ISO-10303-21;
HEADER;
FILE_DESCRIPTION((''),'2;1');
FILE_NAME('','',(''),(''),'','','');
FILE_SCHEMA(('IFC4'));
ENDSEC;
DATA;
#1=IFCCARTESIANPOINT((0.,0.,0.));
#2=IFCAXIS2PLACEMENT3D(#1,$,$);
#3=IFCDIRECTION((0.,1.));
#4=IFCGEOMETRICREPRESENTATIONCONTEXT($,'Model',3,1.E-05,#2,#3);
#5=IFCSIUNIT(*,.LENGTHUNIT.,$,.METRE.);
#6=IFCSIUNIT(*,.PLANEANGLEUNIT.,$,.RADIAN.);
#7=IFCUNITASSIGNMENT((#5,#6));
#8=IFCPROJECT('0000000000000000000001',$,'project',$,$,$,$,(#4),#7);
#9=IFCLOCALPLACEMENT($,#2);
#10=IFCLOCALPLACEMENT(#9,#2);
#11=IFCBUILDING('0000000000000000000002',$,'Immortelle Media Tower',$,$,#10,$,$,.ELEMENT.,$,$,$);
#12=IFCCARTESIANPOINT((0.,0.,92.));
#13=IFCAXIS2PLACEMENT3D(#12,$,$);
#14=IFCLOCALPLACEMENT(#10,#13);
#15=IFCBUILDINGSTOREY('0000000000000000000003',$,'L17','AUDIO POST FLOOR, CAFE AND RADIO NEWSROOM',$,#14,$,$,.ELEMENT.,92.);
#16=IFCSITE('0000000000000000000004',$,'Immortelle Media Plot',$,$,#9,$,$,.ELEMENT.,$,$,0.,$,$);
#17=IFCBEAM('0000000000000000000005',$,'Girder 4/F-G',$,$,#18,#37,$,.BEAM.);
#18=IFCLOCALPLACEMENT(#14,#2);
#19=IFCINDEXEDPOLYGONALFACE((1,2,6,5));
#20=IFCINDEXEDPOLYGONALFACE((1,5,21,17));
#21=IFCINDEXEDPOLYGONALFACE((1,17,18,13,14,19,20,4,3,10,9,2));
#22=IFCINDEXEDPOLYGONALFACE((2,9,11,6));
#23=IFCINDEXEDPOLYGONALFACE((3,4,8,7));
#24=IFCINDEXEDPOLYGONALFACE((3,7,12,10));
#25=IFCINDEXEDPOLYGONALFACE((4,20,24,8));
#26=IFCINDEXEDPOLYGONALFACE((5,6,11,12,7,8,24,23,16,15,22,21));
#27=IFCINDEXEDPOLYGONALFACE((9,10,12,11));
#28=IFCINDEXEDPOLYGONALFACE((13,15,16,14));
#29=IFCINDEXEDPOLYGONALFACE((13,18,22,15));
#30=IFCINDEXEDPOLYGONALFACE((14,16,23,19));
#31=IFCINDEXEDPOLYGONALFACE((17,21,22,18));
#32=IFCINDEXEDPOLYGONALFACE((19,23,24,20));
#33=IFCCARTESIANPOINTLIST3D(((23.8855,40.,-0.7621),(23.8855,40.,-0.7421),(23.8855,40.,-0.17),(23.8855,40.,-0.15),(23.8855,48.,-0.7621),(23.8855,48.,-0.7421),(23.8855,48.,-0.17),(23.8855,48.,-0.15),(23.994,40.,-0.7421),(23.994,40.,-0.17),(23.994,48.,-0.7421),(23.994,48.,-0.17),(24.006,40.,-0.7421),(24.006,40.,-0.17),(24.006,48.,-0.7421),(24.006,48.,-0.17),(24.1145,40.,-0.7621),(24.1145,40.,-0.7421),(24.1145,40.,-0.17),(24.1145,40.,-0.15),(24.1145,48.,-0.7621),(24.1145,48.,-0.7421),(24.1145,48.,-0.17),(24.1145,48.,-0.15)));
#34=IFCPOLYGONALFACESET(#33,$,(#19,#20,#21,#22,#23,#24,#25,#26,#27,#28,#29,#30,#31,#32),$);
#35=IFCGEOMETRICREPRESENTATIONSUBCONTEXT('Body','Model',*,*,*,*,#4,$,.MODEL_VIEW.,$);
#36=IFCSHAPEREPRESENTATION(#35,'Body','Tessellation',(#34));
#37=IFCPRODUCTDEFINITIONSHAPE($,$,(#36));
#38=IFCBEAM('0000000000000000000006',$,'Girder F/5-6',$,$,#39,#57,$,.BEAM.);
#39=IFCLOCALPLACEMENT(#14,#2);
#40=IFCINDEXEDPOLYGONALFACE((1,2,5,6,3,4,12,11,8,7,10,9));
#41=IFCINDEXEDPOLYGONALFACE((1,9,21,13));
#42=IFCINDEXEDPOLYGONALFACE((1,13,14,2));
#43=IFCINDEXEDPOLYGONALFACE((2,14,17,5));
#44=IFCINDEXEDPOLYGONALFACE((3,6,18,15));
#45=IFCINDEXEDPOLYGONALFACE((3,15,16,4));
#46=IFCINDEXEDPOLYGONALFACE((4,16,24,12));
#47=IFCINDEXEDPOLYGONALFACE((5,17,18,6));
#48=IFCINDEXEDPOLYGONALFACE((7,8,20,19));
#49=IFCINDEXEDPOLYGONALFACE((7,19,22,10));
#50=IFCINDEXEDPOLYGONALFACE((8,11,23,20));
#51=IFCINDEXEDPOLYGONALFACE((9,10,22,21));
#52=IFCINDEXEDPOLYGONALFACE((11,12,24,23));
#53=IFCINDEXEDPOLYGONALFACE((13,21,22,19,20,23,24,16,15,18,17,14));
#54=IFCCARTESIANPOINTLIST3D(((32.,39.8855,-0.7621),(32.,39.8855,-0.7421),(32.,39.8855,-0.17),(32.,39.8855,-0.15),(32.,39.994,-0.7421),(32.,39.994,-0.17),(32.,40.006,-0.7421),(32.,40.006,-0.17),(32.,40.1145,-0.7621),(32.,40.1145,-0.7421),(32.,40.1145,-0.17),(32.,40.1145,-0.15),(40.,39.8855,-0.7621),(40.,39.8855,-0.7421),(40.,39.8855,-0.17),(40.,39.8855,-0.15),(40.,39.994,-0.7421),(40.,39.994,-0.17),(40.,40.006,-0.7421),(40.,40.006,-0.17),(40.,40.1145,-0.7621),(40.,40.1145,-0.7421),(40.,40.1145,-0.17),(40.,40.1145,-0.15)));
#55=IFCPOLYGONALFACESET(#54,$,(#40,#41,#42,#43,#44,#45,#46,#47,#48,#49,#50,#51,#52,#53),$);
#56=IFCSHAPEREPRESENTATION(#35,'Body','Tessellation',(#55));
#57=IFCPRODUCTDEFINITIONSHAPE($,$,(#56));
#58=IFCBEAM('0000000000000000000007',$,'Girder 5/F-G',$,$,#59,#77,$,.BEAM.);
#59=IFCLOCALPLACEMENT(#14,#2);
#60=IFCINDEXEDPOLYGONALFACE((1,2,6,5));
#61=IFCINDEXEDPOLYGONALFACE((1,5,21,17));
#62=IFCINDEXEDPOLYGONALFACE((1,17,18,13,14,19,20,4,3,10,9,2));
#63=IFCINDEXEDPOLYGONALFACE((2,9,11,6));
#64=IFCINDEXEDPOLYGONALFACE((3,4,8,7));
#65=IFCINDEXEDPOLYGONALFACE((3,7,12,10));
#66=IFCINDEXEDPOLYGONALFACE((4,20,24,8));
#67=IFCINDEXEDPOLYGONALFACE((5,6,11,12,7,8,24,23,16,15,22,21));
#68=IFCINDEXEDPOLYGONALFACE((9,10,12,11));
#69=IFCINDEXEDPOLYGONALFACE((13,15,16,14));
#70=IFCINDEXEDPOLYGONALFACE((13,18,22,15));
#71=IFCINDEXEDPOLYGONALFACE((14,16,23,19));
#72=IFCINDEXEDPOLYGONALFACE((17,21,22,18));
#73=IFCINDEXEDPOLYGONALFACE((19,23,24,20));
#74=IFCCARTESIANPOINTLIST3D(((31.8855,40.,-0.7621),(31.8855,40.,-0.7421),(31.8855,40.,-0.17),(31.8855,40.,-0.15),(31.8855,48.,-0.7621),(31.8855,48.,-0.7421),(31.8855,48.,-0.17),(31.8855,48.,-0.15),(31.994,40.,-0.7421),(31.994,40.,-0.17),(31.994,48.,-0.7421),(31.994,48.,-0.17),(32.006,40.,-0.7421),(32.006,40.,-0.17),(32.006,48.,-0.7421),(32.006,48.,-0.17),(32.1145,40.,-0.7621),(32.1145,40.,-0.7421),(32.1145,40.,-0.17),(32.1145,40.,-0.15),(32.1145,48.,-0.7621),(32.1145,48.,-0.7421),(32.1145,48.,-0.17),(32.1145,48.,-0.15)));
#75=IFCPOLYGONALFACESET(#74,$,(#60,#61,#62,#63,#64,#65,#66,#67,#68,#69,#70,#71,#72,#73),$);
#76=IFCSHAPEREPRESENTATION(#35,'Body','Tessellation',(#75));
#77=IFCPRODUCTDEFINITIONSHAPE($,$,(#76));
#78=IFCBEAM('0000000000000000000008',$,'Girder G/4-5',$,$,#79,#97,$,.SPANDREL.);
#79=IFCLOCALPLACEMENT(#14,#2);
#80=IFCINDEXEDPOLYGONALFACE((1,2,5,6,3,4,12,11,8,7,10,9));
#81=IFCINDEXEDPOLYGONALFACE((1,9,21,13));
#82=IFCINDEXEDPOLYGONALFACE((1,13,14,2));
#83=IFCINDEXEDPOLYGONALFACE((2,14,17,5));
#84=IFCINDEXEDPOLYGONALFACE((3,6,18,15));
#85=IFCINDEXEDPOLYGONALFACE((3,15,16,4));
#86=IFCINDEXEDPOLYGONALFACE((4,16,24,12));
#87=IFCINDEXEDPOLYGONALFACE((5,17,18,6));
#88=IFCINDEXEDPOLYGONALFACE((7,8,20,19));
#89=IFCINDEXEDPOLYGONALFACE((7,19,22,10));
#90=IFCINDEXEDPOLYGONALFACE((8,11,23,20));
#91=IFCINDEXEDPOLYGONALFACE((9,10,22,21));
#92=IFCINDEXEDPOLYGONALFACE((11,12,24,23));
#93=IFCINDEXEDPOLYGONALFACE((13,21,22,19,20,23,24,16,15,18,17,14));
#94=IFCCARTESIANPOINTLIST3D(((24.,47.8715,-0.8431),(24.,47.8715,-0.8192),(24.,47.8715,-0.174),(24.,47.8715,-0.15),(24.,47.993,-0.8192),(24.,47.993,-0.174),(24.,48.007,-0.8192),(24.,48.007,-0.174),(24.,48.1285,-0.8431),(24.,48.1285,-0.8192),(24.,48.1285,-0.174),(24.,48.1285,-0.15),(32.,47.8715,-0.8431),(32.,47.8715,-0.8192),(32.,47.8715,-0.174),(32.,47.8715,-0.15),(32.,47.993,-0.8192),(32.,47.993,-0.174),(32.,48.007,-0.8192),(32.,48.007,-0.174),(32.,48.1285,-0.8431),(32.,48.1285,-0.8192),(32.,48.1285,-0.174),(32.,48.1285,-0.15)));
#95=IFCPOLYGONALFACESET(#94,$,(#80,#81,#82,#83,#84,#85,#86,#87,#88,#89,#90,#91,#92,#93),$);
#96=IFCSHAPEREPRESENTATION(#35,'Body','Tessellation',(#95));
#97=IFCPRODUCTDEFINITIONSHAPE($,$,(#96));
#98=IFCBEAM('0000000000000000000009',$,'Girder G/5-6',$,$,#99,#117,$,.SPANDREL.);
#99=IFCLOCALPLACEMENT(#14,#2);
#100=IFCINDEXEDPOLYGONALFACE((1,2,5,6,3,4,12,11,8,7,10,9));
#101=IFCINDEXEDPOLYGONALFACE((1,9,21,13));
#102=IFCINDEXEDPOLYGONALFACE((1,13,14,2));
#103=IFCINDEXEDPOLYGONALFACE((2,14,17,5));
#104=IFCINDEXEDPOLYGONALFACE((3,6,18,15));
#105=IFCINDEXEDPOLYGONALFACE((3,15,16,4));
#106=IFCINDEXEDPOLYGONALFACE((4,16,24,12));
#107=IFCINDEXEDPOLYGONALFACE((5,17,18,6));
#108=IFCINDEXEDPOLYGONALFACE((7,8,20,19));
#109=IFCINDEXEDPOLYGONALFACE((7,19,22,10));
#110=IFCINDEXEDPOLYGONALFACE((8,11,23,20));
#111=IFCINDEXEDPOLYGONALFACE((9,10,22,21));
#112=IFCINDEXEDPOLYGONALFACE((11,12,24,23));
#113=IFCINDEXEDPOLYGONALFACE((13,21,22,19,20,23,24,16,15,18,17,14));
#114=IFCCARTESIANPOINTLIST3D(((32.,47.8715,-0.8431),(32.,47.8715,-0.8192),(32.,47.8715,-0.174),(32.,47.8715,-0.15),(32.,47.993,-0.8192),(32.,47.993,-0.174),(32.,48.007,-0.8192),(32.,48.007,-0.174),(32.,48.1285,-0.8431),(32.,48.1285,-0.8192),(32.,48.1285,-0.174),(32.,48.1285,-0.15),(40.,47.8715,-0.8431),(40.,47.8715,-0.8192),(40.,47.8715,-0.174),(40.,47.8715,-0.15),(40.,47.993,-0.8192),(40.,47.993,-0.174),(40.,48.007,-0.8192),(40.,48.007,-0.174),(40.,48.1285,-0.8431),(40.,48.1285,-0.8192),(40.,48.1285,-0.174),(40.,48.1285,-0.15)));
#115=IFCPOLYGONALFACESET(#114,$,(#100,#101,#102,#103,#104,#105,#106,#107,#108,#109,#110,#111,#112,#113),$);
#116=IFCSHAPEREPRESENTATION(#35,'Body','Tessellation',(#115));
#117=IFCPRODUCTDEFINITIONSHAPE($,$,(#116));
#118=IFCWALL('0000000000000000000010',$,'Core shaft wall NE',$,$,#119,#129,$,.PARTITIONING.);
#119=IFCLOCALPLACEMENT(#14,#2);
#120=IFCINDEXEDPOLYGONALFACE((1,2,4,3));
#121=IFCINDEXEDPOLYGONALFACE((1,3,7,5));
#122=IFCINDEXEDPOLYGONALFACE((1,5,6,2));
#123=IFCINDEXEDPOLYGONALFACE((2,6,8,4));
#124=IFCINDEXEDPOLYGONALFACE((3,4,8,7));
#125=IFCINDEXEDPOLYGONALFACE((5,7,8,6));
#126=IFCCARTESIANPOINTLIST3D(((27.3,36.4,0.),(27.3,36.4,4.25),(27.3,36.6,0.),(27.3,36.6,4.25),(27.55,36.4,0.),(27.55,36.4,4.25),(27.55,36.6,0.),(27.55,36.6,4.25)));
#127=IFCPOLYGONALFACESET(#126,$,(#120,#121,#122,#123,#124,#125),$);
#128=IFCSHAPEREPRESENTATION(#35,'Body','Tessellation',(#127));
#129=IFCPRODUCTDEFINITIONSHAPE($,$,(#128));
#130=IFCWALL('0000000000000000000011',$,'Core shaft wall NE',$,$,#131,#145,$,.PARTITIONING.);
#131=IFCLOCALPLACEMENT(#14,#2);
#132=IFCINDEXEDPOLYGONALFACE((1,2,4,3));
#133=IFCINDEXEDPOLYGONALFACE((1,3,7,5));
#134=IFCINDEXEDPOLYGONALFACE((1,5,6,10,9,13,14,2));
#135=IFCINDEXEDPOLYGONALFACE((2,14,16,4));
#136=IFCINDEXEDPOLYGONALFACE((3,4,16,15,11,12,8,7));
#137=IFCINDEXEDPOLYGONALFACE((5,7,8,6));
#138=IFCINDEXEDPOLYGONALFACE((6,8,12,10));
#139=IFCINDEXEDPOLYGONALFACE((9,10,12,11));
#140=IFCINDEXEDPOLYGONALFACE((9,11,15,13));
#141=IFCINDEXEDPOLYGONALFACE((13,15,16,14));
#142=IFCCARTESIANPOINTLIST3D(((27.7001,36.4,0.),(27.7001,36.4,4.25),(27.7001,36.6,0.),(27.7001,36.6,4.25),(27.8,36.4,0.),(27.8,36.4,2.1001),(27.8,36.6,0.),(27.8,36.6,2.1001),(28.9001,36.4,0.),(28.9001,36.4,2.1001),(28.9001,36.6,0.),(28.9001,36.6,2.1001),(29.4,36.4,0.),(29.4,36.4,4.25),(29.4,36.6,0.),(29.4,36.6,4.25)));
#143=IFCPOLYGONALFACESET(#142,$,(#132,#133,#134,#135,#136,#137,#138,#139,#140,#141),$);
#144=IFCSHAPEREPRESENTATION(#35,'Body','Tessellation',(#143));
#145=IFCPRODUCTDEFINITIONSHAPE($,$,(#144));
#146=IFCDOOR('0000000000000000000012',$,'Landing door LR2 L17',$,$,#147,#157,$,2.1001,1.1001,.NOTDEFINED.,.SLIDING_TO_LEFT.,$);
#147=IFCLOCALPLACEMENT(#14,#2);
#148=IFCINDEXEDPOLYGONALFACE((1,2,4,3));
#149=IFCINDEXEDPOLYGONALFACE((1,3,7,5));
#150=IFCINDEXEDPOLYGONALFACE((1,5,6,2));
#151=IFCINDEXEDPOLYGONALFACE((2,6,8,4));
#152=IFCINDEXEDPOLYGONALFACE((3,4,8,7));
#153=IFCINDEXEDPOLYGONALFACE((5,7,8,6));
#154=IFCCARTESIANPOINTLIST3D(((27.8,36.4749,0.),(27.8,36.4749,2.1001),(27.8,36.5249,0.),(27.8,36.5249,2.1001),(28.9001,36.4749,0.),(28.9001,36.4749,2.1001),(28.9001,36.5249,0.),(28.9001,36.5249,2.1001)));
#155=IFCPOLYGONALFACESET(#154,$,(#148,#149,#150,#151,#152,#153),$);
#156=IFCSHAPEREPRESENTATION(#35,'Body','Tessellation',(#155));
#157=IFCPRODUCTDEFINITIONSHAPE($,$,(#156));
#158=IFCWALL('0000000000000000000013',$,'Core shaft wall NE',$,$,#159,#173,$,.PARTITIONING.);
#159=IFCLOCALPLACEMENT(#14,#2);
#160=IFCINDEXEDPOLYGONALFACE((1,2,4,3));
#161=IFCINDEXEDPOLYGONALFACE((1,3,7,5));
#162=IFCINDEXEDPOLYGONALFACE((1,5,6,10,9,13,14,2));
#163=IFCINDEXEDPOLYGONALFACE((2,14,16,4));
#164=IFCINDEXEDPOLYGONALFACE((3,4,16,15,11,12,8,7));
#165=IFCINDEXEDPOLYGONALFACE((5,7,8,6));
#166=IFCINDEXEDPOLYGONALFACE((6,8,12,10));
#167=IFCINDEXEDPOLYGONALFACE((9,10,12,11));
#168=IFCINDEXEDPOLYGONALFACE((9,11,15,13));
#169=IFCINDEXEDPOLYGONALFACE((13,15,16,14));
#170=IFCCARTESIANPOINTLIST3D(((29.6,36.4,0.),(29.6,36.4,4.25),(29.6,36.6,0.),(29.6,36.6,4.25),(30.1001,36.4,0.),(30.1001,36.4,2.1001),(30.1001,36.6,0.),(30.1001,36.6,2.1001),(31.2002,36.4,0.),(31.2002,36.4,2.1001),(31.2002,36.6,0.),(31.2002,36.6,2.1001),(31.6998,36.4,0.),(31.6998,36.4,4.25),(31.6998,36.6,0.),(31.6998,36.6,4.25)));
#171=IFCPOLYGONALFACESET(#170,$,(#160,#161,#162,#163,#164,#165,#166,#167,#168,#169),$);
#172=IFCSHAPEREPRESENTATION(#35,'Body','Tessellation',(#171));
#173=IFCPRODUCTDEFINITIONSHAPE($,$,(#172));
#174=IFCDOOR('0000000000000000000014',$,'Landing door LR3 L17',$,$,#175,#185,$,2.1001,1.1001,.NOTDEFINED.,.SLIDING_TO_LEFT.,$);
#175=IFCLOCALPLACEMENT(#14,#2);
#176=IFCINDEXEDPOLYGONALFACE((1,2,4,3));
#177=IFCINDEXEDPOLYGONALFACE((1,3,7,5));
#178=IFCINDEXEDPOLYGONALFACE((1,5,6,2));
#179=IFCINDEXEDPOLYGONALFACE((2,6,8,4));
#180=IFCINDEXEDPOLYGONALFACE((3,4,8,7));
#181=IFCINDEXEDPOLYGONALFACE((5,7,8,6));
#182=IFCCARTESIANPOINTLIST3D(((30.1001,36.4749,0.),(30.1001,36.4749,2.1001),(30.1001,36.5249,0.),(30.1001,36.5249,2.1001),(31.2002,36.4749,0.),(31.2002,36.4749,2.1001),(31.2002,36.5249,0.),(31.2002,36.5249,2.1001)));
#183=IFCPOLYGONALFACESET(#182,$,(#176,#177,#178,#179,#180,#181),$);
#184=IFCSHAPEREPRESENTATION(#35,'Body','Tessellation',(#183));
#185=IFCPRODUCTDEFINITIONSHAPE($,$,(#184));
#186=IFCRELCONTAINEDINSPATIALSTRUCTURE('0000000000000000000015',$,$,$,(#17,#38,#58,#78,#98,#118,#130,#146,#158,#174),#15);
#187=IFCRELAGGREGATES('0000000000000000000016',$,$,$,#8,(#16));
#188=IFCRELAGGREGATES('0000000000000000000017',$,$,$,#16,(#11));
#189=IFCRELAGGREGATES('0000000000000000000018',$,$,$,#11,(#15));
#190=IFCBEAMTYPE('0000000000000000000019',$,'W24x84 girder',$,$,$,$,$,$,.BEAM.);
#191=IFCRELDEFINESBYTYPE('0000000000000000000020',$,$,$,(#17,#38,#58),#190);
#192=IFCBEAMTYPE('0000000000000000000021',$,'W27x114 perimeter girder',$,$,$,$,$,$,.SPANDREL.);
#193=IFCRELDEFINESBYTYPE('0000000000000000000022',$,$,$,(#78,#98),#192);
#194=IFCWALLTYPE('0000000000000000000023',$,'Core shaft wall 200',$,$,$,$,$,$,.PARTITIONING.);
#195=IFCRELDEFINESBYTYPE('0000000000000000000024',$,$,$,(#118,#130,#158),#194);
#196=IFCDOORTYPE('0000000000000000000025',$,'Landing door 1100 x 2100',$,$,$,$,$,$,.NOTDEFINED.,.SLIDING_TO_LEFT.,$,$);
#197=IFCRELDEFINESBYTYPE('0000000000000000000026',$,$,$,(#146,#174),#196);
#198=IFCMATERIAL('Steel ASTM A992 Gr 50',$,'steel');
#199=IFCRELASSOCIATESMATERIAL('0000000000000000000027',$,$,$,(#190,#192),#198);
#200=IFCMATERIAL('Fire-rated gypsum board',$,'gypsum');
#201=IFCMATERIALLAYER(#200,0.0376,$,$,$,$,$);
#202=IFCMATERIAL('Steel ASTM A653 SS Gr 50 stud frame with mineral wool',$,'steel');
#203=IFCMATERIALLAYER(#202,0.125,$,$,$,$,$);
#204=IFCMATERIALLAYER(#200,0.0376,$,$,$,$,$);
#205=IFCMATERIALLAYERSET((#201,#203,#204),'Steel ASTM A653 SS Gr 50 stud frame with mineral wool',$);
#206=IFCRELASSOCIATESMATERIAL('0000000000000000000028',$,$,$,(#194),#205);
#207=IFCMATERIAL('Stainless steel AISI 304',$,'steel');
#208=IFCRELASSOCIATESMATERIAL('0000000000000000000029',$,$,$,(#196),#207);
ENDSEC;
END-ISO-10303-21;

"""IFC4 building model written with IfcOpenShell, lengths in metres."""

from ifc_helpers import new_model, si_unit, direction, frame, frame_2d, origin, origin_2d, place, context, subcontext, project, spatial, rectangle, i_section, extrude, material, layer, layer_set, material_profile, profile_set, type_object, element, fill, save


model = new_model("IFC4")

# Units and contexts
model_context = context("Model", 3, precision=1e-05, world=origin(), true_north=direction((0.0, 1.0)))
body_context = subcontext(model_context, "Body", "Model", "MODEL_VIEW")
ifc_project = project(units=[si_unit("LENGTHUNIT", "METRE"), si_unit("PLANEANGLEUNIT", "RADIAN")], contexts=[model_context])

# Site, building, storey
site_placement = place(None, origin())
site = spatial("IfcSite", under=ifc_project, at=site_placement, Name="Immortelle Media Plot", CompositionType="ELEMENT", RefElevation=0.0)
building_placement = place(site_placement, origin())
building = spatial("IfcBuilding", under=site, at=building_placement, Name="Immortelle Media Tower", CompositionType="ELEMENT")
storey_placement = place(building_placement, frame((0.0, 0.0, 92.0)))
storey = spatial("IfcBuildingStorey", under=building, at=storey_placement, Name="L17", Description="AUDIO POST FLOOR, CAFE AND RADIO NEWSROOM", CompositionType="ELEMENT", Elevation=92.0)

# Shared definitions
ifc_material_1 = material(Name="Steel ASTM A992 Gr 50", Category="steel")

# Beams
ifc_material_profile_1 = material_profile(ifc_material_1, i_section(OverallWidth=0.229, OverallDepth=0.6121, WebThickness=0.012, FlangeThickness=0.02, at=origin_2d()), Name="W24x84")
ifc_profile_set_1 = profile_set([ifc_material_profile_1], Name="Steel ASTM A992 Gr 50")
beam_type_1 = type_object("IfcBeamType", Name="W24x84 girder", PredefinedType="BEAM", material=ifc_profile_set_1)
for number, where, z_axis, x_axis, name in (
    (1, (24.0, 40.0, -0.4561), (0.0, 1.0, 0.0), (-1.0, 0.0, 0.0), "Girder 4/F-G"),
    (2, (32.0, 40.0, -0.4561), (1.0, 0.0, 0.0), (0.0, 1.0, 0.0), "Girder F/5-6"),
    (3, (32.0, 40.0, -0.4561), (0.0, 1.0, 0.0), (-1.0, 0.0, 0.0), "Girder 5/F-G"),
):
    element("IfcBeam", number, at=place(storey_placement, frame(where, z_axis=z_axis, x_axis=x_axis)), inside=storey, type_object=beam_type_1, Name=name, PredefinedType="BEAM", context=body_context, shape_type="SweptSolid", body=[
        extrude(i_section(OverallWidth=0.229, OverallDepth=0.6121, WebThickness=0.012, FlangeThickness=0.02, at=origin_2d()), origin(), (0.0, 0.0, 1.0), 8.0),
    ])
ifc_material_profile_2 = material_profile(ifc_material_1, i_section(OverallWidth=0.2571, OverallDepth=0.6931, WebThickness=0.0139, FlangeThickness=0.0239, at=origin_2d()), Name="W27x114")
ifc_profile_set_2 = profile_set([ifc_material_profile_2], Name="Steel ASTM A992 Gr 50")
beam_type_2 = type_object("IfcBeamType", Name="W27x114 perimeter girder", PredefinedType="SPANDREL", material=ifc_profile_set_2)
for number, where, z_axis, x_axis, name in (
    (4, (24.0, 48.0, -0.4966), (1.0, 0.0, 0.0), (0.0, 1.0, 0.0), "Girder G/4-5"),
    (5, (32.0, 48.0, -0.4966), (1.0, 0.0, 0.0), (0.0, 1.0, 0.0), "Girder G/5-6"),
):
    element("IfcBeam", number, at=place(storey_placement, frame(where, z_axis=z_axis, x_axis=x_axis)), inside=storey, type_object=beam_type_2, Name=name, PredefinedType="SPANDREL", context=body_context, shape_type="SweptSolid", body=[
        extrude(i_section(OverallWidth=0.2571, OverallDepth=0.6931, WebThickness=0.0139, FlangeThickness=0.0239, at=origin_2d()), origin(), (0.0, 0.0, 1.0), 8.0),
    ])

# Wall
ifc_material_2 = material(Name="Fire-rated gypsum board", Category="gypsum")
ifc_layer_1 = layer(ifc_material_2, 0.0376)
ifc_material_3 = material(Name="Steel ASTM A653 SS Gr 50 stud frame with mineral wool", Category="steel")
ifc_layer_2 = layer(ifc_material_3, 0.125)
ifc_layer_3 = layer(ifc_material_2, 0.0376)
ifc_layer_set_1 = layer_set([ifc_layer_1, ifc_layer_2, ifc_layer_3], Name="Steel ASTM A653 SS Gr 50 stud frame with mineral wool")
wall_type_1 = type_object("IfcWallType", Name="Core shaft wall 200", PredefinedType="PARTITIONING", material=ifc_layer_set_1)
wall_1_placement = place(storey_placement, frame((27.3, 36.5, 0.0), z_axis=(0.0, 0.0, 1.0), x_axis=(1.0, 0.0, 0.0)))
element("IfcWall", 6, at=wall_1_placement, inside=storey, type_object=wall_type_1, Name="Core shaft wall NE", PredefinedType="PARTITIONING", context=body_context, shape_type="SweptSolid", body=[
    extrude(rectangle(XDim=0.25, YDim=0.2, at=frame_2d((0.125, 0.0))), origin(), (0.0, 0.0, 1.0), 4.25),
])

# Walls, openings, doors
wall_2_placement = place(storey_placement, frame((27.7, 36.5, 0.0), z_axis=(0.0, 0.0, 1.0), x_axis=(1.0, 0.0, 0.0)))
wall_2 = element("IfcWall", 7, at=wall_2_placement, inside=storey, type_object=wall_type_1, Name="Core shaft wall NE", PredefinedType="PARTITIONING", context=body_context, shape_type="SweptSolid", body=[
    extrude(rectangle(XDim=1.7, YDim=0.2, at=frame_2d((0.8501, 0.0))), origin(), (0.0, 0.0, 1.0), 4.25),
])
opening_1_placement = place(wall_2_placement, frame((0.1001, 0.0, 0.0)))
opening_1 = element("IfcOpeningElement", 8, at=opening_1_placement, cuts=wall_2, PredefinedType="OPENING", context=body_context, shape_type="SweptSolid", body=[
    extrude(rectangle(XDim=1.1001, YDim=2.1001, at=frame_2d((0.55, 1.05))), frame((0.0, 0.1099, 0.0), z_axis=(0.0, -1.0, 0.0), x_axis=(1.0, 0.0, 0.0)), (0.0, 0.0, 1.0), 0.22),
])
ifc_material_4 = material(Name="Stainless steel AISI 304", Category="steel")
door_type_1 = type_object("IfcDoorType", Name="Landing door 1100 x 2100", OperationType="SLIDING_TO_LEFT", PredefinedType="NOTDEFINED", material=ifc_material_4)
door_1_placement = place(opening_1_placement, origin())
door_1 = element("IfcDoor", 9, at=door_1_placement, inside=storey, type_object=door_type_1, Name="Landing door LR2 L17", OperationType="SLIDING_TO_LEFT", OverallHeight=2.1001, OverallWidth=1.1001, PredefinedType="NOTDEFINED", context=body_context, shape_type="SweptSolid", body=[
    extrude(rectangle(XDim=1.1001, YDim=2.1001, at=frame_2d((0.55, 1.05))), frame((0.0, 0.0249, 0.0), z_axis=(0.0, -1.0, 0.0), x_axis=(1.0, 0.0, 0.0)), (0.0, 0.0, 1.0), 0.05),
])
fill(opening_1, door_1)
wall_3_placement = place(storey_placement, frame((29.6001, 36.5, 0.0), z_axis=(0.0, 0.0, 1.0), x_axis=(1.0, 0.0, 0.0)))
wall_3 = element("IfcWall", 10, at=wall_3_placement, inside=storey, type_object=wall_type_1, Name="Core shaft wall NE", PredefinedType="PARTITIONING", context=body_context, shape_type="SweptSolid", body=[
    extrude(rectangle(XDim=2.0999, YDim=0.2, at=frame_2d((1.0498, 0.0))), origin(), (0.0, 0.0, 1.0), 4.25),
])
opening_2_placement = place(wall_3_placement, frame((0.5, 0.0, 0.0)))
opening_2 = element("IfcOpeningElement", 11, at=opening_2_placement, cuts=wall_3, PredefinedType="OPENING", context=body_context, shape_type="SweptSolid", body=[
    extrude(rectangle(XDim=1.1001, YDim=2.1001, at=frame_2d((0.55, 1.05))), frame((0.0, 0.1099, 0.0), z_axis=(0.0, -1.0, 0.0), x_axis=(1.0, 0.0, 0.0)), (0.0, 0.0, 1.0), 0.22),
])
door_2_placement = place(opening_2_placement, origin())
door_2 = element("IfcDoor", 12, at=door_2_placement, inside=storey, type_object=door_type_1, Name="Landing door LR3 L17", OperationType="SLIDING_TO_LEFT", OverallHeight=2.1001, OverallWidth=1.1001, PredefinedType="NOTDEFINED", context=body_context, shape_type="SweptSolid", body=[
    extrude(rectangle(XDim=1.1001, YDim=2.1001, at=frame_2d((0.55, 1.05))), frame((0.0, 0.0249, 0.0), z_axis=(0.0, -1.0, 0.0), x_axis=(1.0, 0.0, 0.0)), (0.0, 0.0, 1.0), 0.05),
])
fill(opening_2, door_2)

save(model, "model.ifc")
